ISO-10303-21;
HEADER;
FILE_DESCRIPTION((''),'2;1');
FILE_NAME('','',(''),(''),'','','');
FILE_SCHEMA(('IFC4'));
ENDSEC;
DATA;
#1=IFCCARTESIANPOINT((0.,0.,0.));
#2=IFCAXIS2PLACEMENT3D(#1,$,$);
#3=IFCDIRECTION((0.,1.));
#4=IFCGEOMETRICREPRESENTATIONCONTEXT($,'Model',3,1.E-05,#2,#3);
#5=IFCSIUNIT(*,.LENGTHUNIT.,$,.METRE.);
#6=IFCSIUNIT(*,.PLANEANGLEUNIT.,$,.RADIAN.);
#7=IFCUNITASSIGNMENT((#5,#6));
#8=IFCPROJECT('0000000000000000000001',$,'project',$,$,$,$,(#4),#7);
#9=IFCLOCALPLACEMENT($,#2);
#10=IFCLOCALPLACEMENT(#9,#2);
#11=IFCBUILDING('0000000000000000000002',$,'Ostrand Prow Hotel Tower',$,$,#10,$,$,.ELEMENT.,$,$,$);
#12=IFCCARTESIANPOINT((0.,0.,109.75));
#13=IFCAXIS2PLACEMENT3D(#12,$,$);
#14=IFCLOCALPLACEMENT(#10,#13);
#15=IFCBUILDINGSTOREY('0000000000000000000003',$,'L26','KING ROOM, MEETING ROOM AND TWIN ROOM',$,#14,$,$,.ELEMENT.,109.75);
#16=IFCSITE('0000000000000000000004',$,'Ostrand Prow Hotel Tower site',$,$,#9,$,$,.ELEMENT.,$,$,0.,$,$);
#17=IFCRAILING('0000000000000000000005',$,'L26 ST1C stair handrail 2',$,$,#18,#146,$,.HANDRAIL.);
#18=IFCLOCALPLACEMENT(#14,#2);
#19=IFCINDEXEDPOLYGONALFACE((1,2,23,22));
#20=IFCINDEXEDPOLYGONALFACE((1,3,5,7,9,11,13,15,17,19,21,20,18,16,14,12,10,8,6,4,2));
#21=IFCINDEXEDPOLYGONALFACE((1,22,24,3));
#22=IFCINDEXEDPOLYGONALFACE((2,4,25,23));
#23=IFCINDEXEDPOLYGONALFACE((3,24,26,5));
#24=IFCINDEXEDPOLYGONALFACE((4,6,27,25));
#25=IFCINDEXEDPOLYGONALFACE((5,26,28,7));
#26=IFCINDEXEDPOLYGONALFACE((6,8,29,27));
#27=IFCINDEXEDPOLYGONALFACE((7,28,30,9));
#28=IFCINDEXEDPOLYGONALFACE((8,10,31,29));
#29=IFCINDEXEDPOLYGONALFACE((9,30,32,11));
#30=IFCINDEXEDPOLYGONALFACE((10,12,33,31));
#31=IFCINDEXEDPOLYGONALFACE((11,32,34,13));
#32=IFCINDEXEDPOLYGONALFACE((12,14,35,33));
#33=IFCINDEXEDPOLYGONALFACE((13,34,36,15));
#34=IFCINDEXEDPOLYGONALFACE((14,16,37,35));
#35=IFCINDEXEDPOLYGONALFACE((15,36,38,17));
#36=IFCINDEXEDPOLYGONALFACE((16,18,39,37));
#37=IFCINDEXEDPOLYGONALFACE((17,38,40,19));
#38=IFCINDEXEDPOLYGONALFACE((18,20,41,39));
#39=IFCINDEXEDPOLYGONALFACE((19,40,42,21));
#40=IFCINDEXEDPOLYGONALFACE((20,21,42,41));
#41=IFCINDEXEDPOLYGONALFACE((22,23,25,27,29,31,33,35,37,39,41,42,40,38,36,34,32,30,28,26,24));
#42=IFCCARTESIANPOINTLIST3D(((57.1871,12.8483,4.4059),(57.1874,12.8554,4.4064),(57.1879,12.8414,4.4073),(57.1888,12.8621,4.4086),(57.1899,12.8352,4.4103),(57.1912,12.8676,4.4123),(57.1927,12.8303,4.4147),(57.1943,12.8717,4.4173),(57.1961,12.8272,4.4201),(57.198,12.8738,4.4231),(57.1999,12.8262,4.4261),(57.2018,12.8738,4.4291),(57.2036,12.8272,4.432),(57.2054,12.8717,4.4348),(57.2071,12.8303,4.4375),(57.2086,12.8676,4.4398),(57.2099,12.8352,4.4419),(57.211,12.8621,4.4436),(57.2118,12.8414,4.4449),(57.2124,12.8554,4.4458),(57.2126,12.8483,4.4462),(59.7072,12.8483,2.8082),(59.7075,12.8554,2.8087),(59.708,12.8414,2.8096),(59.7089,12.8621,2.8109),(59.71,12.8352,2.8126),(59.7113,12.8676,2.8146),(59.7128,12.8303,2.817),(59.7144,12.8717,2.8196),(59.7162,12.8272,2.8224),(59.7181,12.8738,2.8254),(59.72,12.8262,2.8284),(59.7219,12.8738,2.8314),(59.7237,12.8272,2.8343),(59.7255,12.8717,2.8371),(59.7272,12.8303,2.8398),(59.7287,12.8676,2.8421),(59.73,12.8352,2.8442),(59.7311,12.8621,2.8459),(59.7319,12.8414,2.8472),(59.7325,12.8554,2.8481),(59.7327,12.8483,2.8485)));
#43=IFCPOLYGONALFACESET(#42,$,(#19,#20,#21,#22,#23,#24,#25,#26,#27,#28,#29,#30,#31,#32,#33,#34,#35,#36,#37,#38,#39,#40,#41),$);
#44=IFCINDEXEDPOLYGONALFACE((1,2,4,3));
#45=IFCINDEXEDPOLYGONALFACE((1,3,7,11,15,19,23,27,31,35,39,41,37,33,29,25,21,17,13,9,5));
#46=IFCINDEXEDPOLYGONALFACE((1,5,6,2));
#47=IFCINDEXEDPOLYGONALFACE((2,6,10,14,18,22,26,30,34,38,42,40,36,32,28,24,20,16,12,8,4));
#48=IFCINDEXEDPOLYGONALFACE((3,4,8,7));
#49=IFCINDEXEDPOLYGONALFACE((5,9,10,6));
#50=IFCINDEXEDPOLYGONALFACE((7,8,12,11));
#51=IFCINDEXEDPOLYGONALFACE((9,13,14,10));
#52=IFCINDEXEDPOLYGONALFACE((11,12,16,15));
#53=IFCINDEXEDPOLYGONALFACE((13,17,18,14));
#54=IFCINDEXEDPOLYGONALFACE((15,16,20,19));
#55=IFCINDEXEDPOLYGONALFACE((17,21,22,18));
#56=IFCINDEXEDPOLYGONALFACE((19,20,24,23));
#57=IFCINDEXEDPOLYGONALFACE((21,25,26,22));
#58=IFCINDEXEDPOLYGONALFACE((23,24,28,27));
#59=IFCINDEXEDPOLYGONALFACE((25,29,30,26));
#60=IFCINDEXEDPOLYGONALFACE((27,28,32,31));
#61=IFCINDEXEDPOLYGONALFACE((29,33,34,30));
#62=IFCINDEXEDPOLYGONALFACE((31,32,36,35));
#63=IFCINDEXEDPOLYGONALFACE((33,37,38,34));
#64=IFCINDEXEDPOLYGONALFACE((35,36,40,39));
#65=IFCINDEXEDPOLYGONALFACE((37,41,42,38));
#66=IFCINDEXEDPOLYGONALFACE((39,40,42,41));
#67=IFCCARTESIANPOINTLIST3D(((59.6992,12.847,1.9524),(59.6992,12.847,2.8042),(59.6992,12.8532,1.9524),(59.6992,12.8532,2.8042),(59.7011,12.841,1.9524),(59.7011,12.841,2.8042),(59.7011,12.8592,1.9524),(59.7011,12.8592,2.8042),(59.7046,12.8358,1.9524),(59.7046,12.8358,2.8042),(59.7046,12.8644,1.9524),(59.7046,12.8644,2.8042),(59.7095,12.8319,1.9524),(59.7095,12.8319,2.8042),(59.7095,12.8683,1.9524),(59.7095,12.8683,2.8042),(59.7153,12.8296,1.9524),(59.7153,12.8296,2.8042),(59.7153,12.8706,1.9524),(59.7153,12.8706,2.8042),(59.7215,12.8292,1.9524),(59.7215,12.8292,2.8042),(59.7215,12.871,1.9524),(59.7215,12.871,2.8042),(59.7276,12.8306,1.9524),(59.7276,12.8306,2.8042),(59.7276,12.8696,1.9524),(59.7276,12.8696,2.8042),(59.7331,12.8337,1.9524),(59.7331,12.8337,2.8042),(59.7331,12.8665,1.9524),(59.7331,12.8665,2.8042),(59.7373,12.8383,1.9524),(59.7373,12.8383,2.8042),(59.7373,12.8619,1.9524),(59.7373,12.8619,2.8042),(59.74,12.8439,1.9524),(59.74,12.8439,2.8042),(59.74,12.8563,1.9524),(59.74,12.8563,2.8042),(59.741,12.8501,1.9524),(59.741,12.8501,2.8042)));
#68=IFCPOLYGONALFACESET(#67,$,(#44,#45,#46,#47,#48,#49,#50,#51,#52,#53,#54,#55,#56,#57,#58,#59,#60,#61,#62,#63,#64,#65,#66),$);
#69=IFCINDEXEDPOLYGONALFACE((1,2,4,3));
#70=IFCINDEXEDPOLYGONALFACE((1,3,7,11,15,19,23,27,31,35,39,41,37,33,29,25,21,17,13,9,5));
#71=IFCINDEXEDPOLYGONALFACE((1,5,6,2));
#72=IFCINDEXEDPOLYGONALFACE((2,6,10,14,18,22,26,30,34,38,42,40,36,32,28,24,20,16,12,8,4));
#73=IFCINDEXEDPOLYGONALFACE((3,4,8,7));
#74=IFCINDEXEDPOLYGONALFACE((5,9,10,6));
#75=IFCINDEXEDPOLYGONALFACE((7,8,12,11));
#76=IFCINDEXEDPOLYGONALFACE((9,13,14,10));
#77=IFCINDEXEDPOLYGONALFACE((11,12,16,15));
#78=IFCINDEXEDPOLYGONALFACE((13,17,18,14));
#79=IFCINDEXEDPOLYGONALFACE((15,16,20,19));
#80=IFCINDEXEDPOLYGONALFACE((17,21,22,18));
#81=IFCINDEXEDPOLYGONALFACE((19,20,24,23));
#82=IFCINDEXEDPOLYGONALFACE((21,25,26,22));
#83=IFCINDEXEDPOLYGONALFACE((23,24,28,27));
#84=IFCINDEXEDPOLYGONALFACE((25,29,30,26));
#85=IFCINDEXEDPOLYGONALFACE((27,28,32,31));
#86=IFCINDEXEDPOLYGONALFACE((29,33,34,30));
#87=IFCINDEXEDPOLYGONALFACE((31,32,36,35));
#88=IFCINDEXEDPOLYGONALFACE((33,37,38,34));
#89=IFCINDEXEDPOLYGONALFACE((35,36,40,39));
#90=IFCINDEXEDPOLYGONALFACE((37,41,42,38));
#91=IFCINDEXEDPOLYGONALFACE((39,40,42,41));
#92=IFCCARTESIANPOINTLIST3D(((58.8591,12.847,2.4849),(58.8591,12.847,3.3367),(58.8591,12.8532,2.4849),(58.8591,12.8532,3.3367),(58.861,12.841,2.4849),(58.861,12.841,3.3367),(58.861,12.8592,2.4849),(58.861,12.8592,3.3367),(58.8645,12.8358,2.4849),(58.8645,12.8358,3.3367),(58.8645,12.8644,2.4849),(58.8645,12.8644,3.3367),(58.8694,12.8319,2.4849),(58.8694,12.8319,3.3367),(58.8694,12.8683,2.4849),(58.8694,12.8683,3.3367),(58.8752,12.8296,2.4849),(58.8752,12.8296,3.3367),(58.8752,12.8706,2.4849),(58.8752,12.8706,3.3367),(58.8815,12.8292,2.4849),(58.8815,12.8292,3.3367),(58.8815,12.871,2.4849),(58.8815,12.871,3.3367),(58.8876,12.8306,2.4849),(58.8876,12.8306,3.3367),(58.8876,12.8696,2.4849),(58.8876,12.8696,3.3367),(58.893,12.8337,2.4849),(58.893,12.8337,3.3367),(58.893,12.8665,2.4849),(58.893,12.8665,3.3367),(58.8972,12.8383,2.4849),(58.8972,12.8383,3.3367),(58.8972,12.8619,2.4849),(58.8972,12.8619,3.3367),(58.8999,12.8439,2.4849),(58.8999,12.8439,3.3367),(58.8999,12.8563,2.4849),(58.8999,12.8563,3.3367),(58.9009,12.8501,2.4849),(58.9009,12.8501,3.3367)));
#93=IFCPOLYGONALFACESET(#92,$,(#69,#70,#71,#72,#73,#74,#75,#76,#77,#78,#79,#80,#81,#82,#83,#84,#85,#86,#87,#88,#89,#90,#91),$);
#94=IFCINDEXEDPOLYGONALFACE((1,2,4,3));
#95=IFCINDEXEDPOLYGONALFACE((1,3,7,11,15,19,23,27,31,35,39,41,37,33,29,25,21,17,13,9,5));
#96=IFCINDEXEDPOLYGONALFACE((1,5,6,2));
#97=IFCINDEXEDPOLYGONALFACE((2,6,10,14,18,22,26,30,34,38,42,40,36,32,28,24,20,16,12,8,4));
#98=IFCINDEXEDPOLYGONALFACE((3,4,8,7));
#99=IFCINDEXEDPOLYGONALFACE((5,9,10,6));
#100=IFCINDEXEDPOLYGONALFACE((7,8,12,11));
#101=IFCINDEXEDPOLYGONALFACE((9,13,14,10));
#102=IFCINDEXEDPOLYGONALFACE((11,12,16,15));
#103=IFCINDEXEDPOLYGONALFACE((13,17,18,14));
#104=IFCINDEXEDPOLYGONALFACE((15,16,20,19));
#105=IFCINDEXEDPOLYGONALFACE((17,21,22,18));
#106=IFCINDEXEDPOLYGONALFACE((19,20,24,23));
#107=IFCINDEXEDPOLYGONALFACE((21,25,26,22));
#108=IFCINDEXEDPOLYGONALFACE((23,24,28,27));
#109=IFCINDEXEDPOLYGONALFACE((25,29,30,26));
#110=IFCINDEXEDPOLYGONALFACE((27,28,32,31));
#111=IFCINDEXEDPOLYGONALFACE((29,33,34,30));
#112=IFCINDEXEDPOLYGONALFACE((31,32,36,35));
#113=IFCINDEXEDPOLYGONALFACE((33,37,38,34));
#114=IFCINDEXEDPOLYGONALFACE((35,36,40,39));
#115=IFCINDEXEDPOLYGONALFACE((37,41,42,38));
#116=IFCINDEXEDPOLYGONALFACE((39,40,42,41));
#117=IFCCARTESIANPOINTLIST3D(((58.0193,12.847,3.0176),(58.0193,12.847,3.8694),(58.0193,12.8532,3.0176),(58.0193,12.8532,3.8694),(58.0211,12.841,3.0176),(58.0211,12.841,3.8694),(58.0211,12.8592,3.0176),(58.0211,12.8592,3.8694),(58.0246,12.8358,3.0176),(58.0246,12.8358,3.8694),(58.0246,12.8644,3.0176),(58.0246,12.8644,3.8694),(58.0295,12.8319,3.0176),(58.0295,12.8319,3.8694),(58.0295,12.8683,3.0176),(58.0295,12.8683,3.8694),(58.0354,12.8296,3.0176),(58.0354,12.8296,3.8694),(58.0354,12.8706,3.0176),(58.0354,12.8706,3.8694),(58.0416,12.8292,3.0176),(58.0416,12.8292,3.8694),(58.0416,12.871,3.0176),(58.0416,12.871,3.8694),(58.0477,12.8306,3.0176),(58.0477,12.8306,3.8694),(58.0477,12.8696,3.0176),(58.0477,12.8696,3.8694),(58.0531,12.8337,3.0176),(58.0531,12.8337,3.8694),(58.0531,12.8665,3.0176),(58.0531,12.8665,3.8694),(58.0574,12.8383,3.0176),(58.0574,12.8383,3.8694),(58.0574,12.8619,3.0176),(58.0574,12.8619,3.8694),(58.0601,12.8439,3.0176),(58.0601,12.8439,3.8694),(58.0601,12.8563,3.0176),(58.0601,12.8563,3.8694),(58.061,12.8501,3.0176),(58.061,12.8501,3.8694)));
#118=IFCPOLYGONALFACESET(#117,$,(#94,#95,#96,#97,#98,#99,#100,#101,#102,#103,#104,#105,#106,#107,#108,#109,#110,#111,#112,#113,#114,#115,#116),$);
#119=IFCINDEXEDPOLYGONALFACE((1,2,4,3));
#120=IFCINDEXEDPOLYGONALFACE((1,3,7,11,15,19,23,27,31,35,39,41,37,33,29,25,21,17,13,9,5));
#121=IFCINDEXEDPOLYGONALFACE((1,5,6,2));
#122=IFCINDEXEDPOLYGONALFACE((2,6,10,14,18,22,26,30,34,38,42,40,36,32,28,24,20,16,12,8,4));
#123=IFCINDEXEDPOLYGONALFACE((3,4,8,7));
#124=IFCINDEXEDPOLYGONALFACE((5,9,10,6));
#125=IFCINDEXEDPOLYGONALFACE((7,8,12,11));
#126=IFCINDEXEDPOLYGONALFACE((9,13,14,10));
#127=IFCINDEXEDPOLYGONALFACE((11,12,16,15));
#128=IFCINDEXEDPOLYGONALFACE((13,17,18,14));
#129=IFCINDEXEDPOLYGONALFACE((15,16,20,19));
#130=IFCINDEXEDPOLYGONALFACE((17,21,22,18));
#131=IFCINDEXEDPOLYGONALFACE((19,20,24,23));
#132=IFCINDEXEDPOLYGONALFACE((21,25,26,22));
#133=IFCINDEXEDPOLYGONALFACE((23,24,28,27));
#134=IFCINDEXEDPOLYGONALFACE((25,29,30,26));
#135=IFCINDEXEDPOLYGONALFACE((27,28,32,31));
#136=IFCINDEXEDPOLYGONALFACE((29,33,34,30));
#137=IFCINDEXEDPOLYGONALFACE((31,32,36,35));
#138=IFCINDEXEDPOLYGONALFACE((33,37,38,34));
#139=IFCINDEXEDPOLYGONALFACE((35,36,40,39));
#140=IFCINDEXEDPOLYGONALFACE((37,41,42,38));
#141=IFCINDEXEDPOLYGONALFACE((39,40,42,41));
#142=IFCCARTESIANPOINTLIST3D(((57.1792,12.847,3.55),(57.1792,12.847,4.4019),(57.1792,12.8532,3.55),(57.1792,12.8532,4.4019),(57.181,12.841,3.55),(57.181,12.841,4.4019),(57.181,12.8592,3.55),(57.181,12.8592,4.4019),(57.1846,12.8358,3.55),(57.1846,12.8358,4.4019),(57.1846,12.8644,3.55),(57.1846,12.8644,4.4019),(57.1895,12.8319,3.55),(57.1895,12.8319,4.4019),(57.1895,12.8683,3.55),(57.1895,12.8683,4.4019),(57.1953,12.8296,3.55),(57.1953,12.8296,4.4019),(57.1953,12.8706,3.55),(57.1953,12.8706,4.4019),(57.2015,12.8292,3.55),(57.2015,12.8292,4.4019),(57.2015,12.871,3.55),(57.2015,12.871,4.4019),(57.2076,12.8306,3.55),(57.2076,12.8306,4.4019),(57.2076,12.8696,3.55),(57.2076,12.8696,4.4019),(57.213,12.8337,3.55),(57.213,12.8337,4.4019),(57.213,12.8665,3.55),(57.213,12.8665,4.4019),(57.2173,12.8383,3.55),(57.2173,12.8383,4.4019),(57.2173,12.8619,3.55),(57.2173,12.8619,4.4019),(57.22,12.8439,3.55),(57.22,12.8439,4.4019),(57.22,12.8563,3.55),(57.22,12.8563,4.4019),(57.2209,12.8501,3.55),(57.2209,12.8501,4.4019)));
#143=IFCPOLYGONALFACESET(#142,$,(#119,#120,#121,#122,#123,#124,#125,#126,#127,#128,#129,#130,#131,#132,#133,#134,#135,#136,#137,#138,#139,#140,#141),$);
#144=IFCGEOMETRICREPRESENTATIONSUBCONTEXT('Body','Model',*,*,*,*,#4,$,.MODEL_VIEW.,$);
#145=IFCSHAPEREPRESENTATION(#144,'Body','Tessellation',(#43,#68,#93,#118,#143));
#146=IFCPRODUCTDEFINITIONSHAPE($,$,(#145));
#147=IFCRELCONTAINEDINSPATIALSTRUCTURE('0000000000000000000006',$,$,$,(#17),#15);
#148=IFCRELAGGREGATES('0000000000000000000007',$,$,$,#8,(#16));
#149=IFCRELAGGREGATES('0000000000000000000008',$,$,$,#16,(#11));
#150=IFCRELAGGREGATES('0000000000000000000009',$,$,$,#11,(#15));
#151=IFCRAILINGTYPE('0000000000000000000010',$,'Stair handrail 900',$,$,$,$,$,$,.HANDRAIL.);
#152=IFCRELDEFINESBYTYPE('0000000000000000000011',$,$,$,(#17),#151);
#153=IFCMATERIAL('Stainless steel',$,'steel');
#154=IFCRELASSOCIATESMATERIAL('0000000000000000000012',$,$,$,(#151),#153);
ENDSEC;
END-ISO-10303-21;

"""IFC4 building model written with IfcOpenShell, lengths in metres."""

from ifc_helpers import new_model, si_unit, direction, frame, origin, origin_2d, place, context, subcontext, project, spatial, circle, extrude, material, type_object, element, save


model = new_model("IFC4")

# Units and contexts
model_context = context("Model", 3, precision=1e-05, world=origin(), true_north=direction((0.0, 1.0)))
body_context = subcontext(model_context, "Body", "Model", "MODEL_VIEW")
ifc_project = project(units=[si_unit("LENGTHUNIT", "METRE"), si_unit("PLANEANGLEUNIT", "RADIAN")], contexts=[model_context])

# Site, building, storey
site_placement = place(None, origin())
site = spatial("IfcSite", under=ifc_project, at=site_placement, Name="Ostrand Prow Hotel Tower site", CompositionType="ELEMENT", RefElevation=0.0)
building_placement = place(site_placement, origin())
building = spatial("IfcBuilding", under=site, at=building_placement, Name="Ostrand Prow Hotel Tower", CompositionType="ELEMENT")
storey_placement = place(building_placement, frame((0.0, 0.0, 109.75)))
storey = spatial("IfcBuildingStorey", under=building, at=storey_placement, Name="L26", Description="KING ROOM, MEETING ROOM AND TWIN ROOM", CompositionType="ELEMENT", Elevation=109.75)

# Railing
ifc_material_1 = material(Name="Stainless steel", Category="steel")
railing_type_1 = type_object("IfcRailingType", Name="Stair handrail 900", PredefinedType="HANDRAIL", material=ifc_material_1)
railing_1_placement = place(storey_placement, frame((59.72, 12.8501, 1.9524)))
element("IfcRailing", 1, at=railing_1_placement, inside=storey, type_object=railing_type_1, Name="L26 ST1C stair handrail 2", PredefinedType="HANDRAIL", context=body_context, shape_type="SweptSolid", body=[
    extrude(circle(Radius=0.0239, at=origin_2d()), frame((0.0, 0.0, 0.876), z_axis=(-0.84457, 0.0, 0.535445), x_axis=(0.0, -1.0, 0.0)), (0.0, 0.0, 1.0), 2.9839),
    extrude(circle(Radius=0.021, at=origin_2d()), origin(), (0.0, 0.0, 1.0), 0.8518),
    extrude(circle(Radius=0.021, at=origin_2d()), frame((-0.8401, 0.0, 0.5325)), (0.0, 0.0, 1.0), 0.8518),
    extrude(circle(Radius=0.021, at=origin_2d()), frame((-1.6799, 0.0, 1.0652)), (0.0, 0.0, 1.0), 0.8518),
    extrude(circle(Radius=0.021, at=origin_2d()), frame((-2.52, 0.0, 1.5977)), (0.0, 0.0, 1.0), 0.8518),
])

save(model, "model.ifc")
